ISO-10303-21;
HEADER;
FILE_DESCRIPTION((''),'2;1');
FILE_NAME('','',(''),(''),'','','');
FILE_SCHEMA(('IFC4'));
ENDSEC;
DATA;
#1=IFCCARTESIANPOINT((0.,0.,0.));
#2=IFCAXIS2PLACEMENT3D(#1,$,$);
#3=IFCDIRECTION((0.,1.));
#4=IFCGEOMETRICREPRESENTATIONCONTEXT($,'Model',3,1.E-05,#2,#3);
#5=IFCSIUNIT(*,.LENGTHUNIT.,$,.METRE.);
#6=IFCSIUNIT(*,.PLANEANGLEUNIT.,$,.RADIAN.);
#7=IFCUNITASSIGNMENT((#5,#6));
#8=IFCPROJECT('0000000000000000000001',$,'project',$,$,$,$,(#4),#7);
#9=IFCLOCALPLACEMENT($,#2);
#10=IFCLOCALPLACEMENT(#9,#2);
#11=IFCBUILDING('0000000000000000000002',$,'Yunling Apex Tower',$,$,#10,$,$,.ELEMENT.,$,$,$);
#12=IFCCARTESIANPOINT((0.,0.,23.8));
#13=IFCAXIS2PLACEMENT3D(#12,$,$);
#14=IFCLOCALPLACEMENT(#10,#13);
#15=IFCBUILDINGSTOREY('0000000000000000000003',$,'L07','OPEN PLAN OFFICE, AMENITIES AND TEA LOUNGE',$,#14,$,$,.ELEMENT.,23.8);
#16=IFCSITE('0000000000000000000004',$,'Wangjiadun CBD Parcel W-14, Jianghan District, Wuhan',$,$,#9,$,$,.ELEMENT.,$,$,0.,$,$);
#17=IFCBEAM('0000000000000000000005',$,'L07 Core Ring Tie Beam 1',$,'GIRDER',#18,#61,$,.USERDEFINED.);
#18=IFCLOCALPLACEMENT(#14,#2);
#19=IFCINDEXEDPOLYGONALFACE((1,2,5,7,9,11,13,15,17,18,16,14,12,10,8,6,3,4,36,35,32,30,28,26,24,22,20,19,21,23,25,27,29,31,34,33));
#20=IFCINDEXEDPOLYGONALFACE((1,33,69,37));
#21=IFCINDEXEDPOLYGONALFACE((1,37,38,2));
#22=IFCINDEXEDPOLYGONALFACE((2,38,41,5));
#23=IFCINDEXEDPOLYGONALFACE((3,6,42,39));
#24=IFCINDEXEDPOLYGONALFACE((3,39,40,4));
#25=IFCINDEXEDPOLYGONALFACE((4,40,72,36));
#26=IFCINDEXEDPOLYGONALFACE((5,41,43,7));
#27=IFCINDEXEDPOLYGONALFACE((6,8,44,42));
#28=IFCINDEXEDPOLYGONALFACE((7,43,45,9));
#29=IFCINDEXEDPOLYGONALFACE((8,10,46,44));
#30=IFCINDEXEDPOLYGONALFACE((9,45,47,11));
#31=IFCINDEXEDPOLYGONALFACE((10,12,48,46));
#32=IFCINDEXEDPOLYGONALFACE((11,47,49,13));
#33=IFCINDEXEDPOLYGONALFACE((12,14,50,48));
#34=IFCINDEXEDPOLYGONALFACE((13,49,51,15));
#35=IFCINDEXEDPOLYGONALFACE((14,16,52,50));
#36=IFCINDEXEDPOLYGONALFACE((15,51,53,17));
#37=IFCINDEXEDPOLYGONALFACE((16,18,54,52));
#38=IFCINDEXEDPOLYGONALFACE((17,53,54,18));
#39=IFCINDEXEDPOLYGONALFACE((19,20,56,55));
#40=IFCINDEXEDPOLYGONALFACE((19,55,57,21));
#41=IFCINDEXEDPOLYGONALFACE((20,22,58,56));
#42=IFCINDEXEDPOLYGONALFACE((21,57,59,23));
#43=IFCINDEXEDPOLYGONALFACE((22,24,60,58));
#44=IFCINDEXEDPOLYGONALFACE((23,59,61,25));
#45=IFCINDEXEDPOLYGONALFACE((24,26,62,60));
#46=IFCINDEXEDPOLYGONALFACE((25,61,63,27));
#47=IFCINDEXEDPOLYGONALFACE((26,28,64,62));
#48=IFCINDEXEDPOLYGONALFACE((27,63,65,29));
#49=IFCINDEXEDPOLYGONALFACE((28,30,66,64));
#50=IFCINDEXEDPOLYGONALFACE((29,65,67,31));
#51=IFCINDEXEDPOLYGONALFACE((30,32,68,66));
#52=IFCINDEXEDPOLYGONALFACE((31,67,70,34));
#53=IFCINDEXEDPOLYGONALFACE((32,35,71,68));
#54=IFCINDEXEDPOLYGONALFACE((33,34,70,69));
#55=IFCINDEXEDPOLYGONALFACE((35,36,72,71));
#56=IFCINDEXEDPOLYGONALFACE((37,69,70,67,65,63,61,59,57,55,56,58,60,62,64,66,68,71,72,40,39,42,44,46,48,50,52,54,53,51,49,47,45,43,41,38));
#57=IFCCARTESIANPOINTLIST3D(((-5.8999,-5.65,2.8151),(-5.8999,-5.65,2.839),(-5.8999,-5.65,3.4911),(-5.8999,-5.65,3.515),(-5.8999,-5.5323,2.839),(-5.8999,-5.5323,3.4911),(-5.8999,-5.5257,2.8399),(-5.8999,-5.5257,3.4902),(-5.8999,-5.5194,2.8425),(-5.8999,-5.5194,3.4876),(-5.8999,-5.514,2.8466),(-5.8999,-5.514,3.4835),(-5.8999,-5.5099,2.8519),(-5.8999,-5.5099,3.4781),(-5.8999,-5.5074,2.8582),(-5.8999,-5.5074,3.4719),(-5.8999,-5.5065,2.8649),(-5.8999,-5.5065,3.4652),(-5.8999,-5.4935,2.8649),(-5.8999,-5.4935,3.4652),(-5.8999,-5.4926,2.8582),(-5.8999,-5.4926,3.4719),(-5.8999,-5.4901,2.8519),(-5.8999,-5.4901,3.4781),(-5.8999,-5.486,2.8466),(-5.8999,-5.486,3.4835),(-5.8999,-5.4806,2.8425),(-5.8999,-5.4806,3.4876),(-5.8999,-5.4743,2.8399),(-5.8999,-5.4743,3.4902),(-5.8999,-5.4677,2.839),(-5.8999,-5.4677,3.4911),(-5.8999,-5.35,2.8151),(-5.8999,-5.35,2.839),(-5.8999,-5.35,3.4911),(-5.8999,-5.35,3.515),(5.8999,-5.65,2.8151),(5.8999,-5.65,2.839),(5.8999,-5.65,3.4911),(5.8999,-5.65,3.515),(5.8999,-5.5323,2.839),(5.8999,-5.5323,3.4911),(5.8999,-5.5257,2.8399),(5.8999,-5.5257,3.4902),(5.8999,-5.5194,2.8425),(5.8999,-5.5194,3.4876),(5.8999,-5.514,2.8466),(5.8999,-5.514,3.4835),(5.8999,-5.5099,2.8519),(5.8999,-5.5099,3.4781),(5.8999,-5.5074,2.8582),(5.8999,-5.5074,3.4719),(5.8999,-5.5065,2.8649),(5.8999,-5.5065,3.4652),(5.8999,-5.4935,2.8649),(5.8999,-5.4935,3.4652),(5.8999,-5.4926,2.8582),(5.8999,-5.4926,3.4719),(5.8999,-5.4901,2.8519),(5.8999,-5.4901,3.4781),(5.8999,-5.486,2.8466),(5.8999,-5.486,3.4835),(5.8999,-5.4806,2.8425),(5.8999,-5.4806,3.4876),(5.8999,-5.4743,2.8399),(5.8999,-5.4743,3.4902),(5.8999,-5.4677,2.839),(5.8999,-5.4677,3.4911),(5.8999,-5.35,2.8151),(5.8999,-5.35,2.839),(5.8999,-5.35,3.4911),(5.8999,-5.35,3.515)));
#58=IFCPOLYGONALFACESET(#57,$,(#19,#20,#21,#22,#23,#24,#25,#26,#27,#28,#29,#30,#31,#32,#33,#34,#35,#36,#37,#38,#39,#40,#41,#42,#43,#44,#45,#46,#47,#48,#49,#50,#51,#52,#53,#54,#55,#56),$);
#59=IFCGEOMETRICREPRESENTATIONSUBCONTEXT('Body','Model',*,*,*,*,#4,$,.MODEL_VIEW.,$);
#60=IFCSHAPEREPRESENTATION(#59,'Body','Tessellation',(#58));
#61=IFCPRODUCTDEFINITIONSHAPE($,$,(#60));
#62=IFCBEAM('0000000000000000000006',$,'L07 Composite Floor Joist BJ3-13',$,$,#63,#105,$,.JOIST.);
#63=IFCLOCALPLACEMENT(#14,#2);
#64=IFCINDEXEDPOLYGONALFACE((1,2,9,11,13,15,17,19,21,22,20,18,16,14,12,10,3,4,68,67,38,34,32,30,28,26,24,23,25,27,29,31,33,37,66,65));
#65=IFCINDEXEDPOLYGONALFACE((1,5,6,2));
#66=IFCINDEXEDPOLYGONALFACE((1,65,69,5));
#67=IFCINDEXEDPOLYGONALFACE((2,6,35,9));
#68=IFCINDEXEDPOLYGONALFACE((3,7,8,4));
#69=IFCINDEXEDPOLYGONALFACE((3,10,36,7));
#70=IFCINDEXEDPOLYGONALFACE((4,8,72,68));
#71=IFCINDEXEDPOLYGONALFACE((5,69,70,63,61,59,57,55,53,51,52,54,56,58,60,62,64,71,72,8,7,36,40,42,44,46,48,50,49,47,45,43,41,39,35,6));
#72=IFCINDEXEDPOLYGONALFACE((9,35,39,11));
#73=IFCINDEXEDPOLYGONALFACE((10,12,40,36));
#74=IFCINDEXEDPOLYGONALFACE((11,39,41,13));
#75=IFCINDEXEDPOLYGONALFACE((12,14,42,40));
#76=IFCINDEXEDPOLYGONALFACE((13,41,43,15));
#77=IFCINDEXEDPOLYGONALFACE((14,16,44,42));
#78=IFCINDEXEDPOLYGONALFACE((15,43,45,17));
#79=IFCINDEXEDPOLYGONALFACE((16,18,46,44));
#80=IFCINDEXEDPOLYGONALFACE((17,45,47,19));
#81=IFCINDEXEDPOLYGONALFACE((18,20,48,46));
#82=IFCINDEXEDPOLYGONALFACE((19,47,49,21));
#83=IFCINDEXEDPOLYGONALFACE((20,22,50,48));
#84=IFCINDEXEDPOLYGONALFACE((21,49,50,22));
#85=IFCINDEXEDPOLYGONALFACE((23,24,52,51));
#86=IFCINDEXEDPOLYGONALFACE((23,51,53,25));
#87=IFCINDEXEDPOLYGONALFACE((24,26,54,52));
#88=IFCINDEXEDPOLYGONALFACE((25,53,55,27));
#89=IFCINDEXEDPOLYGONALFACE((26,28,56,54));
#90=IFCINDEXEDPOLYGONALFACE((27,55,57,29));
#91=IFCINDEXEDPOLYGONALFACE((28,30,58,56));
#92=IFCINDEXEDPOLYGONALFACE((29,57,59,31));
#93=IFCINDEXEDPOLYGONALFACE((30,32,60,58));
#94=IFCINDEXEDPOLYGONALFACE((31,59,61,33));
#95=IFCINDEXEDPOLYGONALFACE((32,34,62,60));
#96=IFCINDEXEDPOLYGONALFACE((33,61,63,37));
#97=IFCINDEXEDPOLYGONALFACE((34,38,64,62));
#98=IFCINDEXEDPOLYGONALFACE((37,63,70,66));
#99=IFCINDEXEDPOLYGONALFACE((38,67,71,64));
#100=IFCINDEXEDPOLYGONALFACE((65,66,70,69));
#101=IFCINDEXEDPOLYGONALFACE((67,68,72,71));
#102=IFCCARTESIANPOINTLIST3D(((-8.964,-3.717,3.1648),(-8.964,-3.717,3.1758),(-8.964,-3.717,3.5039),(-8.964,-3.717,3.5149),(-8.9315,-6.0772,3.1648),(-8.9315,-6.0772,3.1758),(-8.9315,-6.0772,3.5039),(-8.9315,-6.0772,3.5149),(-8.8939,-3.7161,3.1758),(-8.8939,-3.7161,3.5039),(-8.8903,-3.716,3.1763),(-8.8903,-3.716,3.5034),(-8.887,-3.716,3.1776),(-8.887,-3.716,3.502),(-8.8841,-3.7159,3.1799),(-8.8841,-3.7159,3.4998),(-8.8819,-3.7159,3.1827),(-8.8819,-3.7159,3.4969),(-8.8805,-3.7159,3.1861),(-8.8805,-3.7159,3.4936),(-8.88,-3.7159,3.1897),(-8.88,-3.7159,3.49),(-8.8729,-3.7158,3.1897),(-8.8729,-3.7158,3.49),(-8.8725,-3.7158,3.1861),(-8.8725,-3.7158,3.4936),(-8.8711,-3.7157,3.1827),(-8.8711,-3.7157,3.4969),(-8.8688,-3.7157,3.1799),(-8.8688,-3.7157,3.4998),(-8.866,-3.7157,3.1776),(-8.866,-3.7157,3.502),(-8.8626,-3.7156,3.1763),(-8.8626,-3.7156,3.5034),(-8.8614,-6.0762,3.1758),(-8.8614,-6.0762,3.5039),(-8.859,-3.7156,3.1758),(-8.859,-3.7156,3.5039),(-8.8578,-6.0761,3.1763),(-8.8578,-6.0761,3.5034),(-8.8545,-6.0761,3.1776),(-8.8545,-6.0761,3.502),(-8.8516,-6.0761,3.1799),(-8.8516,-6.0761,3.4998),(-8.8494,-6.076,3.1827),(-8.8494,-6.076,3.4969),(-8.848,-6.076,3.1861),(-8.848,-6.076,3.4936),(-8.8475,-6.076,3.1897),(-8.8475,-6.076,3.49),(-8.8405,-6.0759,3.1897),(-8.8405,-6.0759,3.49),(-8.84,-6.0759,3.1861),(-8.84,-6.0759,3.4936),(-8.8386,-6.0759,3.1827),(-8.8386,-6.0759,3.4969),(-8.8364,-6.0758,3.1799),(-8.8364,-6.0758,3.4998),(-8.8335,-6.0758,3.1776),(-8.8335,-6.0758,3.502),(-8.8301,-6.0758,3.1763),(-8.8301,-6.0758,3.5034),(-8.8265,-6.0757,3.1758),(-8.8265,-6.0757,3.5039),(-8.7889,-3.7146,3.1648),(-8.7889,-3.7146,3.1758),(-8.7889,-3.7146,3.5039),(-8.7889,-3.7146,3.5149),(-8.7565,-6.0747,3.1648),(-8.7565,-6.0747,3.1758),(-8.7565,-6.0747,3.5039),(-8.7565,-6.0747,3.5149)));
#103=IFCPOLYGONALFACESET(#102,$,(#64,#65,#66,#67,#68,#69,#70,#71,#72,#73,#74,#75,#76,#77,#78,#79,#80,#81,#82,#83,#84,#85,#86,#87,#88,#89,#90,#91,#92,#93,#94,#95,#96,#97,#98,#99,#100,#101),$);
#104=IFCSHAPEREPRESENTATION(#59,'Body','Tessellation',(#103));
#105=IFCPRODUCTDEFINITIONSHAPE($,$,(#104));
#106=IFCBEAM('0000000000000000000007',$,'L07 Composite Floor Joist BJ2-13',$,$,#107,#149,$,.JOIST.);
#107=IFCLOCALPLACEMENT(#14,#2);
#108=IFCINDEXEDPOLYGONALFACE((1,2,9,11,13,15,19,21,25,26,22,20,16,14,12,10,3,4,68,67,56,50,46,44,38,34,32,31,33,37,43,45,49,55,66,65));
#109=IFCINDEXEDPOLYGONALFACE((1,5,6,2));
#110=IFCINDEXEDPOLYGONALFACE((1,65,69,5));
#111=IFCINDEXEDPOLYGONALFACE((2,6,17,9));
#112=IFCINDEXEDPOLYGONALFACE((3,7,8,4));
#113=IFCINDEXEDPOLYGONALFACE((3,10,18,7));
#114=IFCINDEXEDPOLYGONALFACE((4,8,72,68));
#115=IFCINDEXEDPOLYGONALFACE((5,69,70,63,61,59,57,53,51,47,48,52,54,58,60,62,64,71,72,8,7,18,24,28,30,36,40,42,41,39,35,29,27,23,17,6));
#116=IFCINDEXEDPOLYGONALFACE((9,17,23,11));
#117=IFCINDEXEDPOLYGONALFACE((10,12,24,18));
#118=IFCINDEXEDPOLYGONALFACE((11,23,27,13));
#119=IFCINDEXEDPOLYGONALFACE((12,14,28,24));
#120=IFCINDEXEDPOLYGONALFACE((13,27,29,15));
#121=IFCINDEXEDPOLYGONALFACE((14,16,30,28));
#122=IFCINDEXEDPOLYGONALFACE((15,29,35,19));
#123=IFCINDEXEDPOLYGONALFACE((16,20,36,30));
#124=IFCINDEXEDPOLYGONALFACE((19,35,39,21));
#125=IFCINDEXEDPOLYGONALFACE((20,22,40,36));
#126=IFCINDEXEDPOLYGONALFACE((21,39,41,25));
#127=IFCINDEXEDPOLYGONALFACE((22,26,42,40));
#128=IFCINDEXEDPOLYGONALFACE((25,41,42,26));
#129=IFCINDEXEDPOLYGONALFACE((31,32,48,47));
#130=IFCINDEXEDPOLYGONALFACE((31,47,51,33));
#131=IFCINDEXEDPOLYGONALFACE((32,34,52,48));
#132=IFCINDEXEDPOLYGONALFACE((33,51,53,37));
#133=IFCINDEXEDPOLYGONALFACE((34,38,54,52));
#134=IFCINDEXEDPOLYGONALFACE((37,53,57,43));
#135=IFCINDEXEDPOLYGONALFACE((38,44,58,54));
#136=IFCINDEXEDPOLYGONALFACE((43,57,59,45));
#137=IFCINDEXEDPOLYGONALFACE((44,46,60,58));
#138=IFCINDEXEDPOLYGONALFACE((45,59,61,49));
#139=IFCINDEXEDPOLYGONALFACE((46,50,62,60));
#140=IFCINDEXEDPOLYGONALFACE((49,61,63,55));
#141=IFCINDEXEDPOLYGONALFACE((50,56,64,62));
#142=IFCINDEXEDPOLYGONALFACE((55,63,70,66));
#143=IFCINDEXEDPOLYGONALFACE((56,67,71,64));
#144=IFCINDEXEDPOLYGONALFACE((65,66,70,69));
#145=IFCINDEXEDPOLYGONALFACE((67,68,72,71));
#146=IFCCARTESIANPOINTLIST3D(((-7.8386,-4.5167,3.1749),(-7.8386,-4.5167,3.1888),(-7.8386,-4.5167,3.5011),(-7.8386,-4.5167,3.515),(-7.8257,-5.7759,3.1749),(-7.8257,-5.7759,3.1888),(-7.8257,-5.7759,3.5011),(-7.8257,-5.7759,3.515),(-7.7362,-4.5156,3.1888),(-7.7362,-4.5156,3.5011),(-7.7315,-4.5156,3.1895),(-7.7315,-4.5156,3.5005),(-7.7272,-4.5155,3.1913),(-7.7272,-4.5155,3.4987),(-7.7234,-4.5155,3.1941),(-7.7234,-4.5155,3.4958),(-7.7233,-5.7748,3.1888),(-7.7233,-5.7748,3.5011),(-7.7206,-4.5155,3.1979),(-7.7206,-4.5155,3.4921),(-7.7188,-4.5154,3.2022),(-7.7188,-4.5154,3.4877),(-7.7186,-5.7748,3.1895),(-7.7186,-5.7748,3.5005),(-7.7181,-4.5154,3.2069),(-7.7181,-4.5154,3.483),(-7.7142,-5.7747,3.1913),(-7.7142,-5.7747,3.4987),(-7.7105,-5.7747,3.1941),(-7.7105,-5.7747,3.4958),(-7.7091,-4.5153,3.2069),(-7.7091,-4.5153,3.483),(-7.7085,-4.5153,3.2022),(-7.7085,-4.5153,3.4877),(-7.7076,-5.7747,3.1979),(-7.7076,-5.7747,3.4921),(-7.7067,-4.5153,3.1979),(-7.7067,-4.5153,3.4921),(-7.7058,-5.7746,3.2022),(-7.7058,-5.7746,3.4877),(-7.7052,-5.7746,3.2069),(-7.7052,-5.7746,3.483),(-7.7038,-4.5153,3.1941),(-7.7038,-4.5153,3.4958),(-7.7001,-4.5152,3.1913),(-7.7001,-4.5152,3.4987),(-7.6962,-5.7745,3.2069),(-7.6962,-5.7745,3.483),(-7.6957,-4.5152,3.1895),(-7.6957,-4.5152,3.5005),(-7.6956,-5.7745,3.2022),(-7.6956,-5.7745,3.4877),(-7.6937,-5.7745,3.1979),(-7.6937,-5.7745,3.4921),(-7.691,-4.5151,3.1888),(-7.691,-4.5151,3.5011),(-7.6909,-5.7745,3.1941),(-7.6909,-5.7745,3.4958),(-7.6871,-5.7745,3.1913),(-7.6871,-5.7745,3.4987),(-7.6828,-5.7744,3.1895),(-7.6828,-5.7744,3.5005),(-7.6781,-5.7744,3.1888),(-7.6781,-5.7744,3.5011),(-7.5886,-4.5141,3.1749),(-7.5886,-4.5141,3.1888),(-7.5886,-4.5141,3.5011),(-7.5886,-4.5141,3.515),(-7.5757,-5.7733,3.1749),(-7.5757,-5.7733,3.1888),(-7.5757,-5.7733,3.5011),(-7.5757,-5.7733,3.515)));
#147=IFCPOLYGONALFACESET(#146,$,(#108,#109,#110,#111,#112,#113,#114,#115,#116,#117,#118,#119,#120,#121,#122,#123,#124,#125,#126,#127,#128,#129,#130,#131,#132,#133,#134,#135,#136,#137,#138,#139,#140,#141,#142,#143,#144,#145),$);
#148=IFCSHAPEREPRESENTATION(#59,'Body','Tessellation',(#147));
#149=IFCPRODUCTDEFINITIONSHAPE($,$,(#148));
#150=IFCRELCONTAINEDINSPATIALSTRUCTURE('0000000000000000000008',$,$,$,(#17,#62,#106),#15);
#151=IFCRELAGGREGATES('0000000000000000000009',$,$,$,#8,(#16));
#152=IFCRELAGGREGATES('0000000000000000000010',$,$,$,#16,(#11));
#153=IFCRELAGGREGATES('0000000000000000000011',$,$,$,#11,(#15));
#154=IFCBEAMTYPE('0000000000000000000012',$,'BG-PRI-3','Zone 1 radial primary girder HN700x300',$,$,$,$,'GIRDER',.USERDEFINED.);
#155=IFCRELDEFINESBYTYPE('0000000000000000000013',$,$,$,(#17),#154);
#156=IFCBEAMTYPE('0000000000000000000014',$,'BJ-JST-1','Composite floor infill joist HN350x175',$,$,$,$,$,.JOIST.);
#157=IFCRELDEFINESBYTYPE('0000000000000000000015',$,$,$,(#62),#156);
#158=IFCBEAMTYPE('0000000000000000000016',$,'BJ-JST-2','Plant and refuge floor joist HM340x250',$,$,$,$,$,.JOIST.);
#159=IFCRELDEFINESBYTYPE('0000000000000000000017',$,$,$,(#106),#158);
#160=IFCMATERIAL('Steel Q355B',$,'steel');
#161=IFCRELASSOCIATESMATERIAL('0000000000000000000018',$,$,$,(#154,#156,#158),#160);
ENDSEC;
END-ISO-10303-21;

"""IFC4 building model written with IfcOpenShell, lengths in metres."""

from ifc_helpers import new_model, si_unit, direction, frame, origin, origin_2d, place, context, subcontext, project, spatial, i_section, extrude, source, transform, mapped, material, material_profile, profile_set, type_object, element, save


model = new_model("IFC4")

# Units and contexts
model_context = context("Model", 3, precision=1e-05, world=origin(), true_north=direction((0.0, 1.0)))
body_context = subcontext(model_context, "Body", "Model", "MODEL_VIEW")
ifc_project = project(units=[si_unit("LENGTHUNIT", "METRE"), si_unit("PLANEANGLEUNIT", "RADIAN")], contexts=[model_context])

# Site, building, storey
site_placement = place(None, origin())
site = spatial("IfcSite", under=ifc_project, at=site_placement, Name="Wangjiadun CBD Parcel W-14, Jianghan District, Wuhan", CompositionType="ELEMENT", RefElevation=0.0)
building_placement = place(site_placement, origin())
building = spatial("IfcBuilding", under=site, at=building_placement, Name="Yunling Apex Tower", CompositionType="ELEMENT")
storey_placement = place(building_placement, frame((0.0, 0.0, 23.8)))
storey = spatial("IfcBuildingStorey", under=building, at=storey_placement, Name="L07", Description="OPEN PLAN OFFICE, AMENITIES AND TEA LOUNGE", CompositionType="ELEMENT", Elevation=23.8)

# Beams
ifc_material_1 = material(Name="Steel Q355B", Category="steel")
ifc_material_profile_1 = material_profile(ifc_material_1, i_section(OverallWidth=0.3, OverallDepth=0.7, WebThickness=0.0129, FlangeThickness=0.0239, FilletRadius=0.0259, at=origin_2d()))
ifc_profile_set_1 = profile_set([ifc_material_profile_1], Name="Steel Q355B")
beam_type_1 = type_object("IfcBeamType", Name="BG-PRI-3", Description="Zone 1 radial primary girder HN700x300", ElementType="GIRDER", PredefinedType="USERDEFINED", material=ifc_profile_set_1)
shared_shape_1 = source(origin(), body_context, "Body", "SweptSolid", [
    extrude(i_section(OverallWidth=0.3, OverallDepth=0.7, WebThickness=0.0129, FlangeThickness=0.0239, FilletRadius=0.0259, at=origin_2d()), origin(), (0.0, 0.0, 1.0), 11.7998),
])
beam_1_placement = place(storey_placement, frame((-5.8999, -5.5, 3.165), z_axis=(1.0, 0.0, 0.0), x_axis=(0.0, 1.0, 0.0)))
element("IfcBeam", 1, at=beam_1_placement, inside=storey, type_object=beam_type_1, Name="L07 Core Ring Tie Beam 1", ObjectType="GIRDER", PredefinedType="USERDEFINED", context=body_context, shape_type="MappedRepresentation", body=[
    mapped(shared_shape_1, transform((0.0, 0.0, 0.0), scale=1.0)),
])
ifc_material_profile_2 = material_profile(ifc_material_1, i_section(OverallWidth=0.175, OverallDepth=0.3501, WebThickness=0.0071, FlangeThickness=0.011, FilletRadius=0.0139, at=origin_2d()))
ifc_profile_set_2 = profile_set([ifc_material_profile_2], Name="Steel Q355B")
beam_type_2 = type_object("IfcBeamType", Name="BJ-JST-1", Description="Composite floor infill joist HN350x175", PredefinedType="JOIST", material=ifc_profile_set_2)
shared_shape_2 = source(origin(), body_context, "Body", "SweptSolid", [
    extrude(i_section(OverallWidth=0.175, OverallDepth=0.3501, WebThickness=0.0071, FlangeThickness=0.011, FilletRadius=0.0139, at=origin_2d()), origin(), (0.0, 0.0, 1.0), 2.3604),
])
beam_2_placement = place(storey_placement, frame((-8.8765, -3.7158, 3.3398), z_axis=(0.013757, -0.999905, 0.0), x_axis=(0.999905, 0.013757, 0.0)))
element("IfcBeam", 2, at=beam_2_placement, inside=storey, type_object=beam_type_2, Name="L07 Composite Floor Joist BJ3-13", PredefinedType="JOIST", context=body_context, shape_type="MappedRepresentation", body=[
    mapped(shared_shape_2, transform((0.0, 0.0, 0.0), scale=1.0)),
])
ifc_material_profile_3 = material_profile(ifc_material_1, i_section(OverallWidth=0.25, OverallDepth=0.3401, WebThickness=0.009, FlangeThickness=0.0139, FilletRadius=0.0181, at=origin_2d()))
ifc_profile_set_3 = profile_set([ifc_material_profile_3], Name="Steel Q355B")
beam_type_3 = type_object("IfcBeamType", Name="BJ-JST-2", Description="Plant and refuge floor joist HM340x250", PredefinedType="JOIST", material=ifc_profile_set_3)
shared_shape_3 = source(origin(), body_context, "Body", "SweptSolid", [
    extrude(i_section(OverallWidth=0.25, OverallDepth=0.3401, WebThickness=0.009, FlangeThickness=0.0139, FilletRadius=0.0181, at=origin_2d()), origin(), (0.0, 0.0, 1.0), 1.2593),
])
beam_3_placement = place(storey_placement, frame((-7.7136, -4.5154, 3.345), z_axis=(0.010275, -0.999947, 0.0), x_axis=(0.999947, 0.010275, 0.0)))
element("IfcBeam", 3, at=beam_3_placement, inside=storey, type_object=beam_type_3, Name="L07 Composite Floor Joist BJ2-13", PredefinedType="JOIST", context=body_context, shape_type="MappedRepresentation", body=[
    mapped(shared_shape_3, transform((0.0, 0.0, 0.0), scale=1.0)),
])

save(model, "model.ifc")
